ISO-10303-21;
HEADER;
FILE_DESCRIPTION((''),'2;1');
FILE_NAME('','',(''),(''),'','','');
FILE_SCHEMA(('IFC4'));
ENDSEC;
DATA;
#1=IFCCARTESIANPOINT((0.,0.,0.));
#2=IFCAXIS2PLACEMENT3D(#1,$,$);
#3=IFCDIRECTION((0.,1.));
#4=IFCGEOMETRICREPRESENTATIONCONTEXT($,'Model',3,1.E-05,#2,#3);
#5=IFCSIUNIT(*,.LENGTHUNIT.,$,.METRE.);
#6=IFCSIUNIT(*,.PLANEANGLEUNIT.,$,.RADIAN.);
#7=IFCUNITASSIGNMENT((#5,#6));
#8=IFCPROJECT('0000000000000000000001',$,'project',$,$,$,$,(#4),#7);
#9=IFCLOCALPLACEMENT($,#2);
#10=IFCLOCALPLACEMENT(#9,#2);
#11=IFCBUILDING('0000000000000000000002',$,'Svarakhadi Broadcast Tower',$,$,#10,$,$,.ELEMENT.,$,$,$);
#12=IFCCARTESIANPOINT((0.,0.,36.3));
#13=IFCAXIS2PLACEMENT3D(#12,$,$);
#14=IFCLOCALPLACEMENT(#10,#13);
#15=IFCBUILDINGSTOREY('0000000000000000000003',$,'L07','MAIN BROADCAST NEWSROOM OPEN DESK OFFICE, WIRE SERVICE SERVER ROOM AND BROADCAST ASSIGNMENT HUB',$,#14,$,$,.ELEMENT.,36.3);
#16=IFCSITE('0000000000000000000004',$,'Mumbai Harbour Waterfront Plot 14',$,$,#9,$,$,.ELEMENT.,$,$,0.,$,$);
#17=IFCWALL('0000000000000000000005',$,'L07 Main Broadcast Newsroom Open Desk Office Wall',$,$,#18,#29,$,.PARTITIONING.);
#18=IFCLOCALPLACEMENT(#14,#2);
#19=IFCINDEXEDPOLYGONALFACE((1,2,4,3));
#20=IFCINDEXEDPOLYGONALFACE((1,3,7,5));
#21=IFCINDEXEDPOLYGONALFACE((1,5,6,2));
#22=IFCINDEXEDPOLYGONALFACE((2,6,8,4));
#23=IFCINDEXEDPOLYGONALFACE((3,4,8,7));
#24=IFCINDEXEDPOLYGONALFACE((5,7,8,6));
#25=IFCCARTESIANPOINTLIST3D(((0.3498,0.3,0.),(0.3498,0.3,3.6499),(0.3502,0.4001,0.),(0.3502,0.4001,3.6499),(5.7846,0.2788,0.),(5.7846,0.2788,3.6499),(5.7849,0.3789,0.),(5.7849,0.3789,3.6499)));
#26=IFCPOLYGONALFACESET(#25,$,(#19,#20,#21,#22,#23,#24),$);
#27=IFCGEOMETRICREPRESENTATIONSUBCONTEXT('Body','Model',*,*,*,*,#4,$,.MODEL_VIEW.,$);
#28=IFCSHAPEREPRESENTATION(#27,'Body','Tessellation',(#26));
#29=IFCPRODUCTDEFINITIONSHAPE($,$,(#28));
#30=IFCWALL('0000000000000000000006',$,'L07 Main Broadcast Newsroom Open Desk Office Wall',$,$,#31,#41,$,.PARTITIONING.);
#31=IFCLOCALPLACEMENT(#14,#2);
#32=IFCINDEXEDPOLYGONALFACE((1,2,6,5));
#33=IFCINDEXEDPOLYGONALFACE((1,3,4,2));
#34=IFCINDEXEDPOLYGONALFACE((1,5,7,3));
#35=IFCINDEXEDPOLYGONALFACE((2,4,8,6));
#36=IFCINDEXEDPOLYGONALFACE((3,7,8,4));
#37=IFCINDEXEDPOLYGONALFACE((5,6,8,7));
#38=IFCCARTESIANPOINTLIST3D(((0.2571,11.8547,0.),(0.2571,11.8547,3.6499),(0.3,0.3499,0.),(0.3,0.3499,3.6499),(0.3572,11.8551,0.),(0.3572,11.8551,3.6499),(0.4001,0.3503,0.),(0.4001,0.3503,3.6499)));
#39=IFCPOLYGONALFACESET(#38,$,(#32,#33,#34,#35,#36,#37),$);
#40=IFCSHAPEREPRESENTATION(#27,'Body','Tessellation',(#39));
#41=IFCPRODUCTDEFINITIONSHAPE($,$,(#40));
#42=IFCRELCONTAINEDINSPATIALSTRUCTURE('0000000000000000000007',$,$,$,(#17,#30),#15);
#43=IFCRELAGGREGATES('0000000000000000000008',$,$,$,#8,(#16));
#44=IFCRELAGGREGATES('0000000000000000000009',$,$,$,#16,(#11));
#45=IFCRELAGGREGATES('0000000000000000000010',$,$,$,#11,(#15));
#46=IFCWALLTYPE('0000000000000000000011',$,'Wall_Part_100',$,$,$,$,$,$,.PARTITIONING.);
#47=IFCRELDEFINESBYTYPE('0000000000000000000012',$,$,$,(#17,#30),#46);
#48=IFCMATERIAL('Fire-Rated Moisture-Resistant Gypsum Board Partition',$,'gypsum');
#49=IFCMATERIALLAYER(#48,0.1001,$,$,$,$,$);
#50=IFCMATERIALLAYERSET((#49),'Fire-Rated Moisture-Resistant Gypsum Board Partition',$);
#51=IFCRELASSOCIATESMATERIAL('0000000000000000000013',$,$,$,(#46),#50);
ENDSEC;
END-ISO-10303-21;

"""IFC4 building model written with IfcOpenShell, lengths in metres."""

from ifc_helpers import new_model, si_unit, direction, frame, frame_2d, origin, place, context, subcontext, project, spatial, rectangle, extrude, material, layer, layer_set, type_object, element, save


model = new_model("IFC4")

# Units and contexts
model_context = context("Model", 3, precision=1e-05, world=origin(), true_north=direction((0.0, 1.0)))
body_context = subcontext(model_context, "Body", "Model", "MODEL_VIEW")
ifc_project = project(units=[si_unit("LENGTHUNIT", "METRE"), si_unit("PLANEANGLEUNIT", "RADIAN")], contexts=[model_context])

# Site, building, storey
site_placement = place(None, origin())
site = spatial("IfcSite", under=ifc_project, at=site_placement, Name="Mumbai Harbour Waterfront Plot 14", CompositionType="ELEMENT", RefElevation=0.0)
building_placement = place(site_placement, origin())
building = spatial("IfcBuilding", under=site, at=building_placement, Name="Svarakhadi Broadcast Tower", CompositionType="ELEMENT")
storey_placement = place(building_placement, frame((0.0, 0.0, 36.3)))
storey = spatial("IfcBuildingStorey", under=building, at=storey_placement, Name="L07", Description="MAIN BROADCAST NEWSROOM OPEN DESK OFFICE, WIRE SERVICE SERVER ROOM AND BROADCAST ASSIGNMENT HUB", CompositionType="ELEMENT", Elevation=36.3)

# Walls
ifc_material_1 = material(Name="Fire-Rated Moisture-Resistant Gypsum Board Partition", Category="gypsum")
ifc_layer_1 = layer(ifc_material_1, 0.1001)
ifc_layer_set_1 = layer_set([ifc_layer_1], Name="Fire-Rated Moisture-Resistant Gypsum Board Partition")
wall_type = type_object("IfcWallType", Name="Wall_Part_100", PredefinedType="PARTITIONING", material=ifc_layer_set_1)
wall_1_placement = place(storey_placement, frame((0.3501, 0.3501, 0.0), z_axis=(0.0, 0.0, 1.0), x_axis=(0.999992, -0.003908, 0.0)))
element("IfcWall", 1, at=wall_1_placement, inside=storey, type_object=wall_type, Name="L07 Main Broadcast Newsroom Open Desk Office Wall", PredefinedType="PARTITIONING", context=body_context, shape_type="SweptSolid", body=[
    extrude(rectangle(XDim=5.4348, YDim=0.1001, at=frame_2d((2.7173, 0.0))), origin(), (0.0, 0.0, 1.0), 3.6499),
])
wall_2_placement = place(storey_placement, frame((0.3501, 0.3501, 0.0), z_axis=(0.0, 0.0, 1.0), x_axis=(-0.003735, 0.999993, 0.0)))
element("IfcWall", 2, at=wall_2_placement, inside=storey, type_object=wall_type, Name="L07 Main Broadcast Newsroom Open Desk Office Wall", PredefinedType="PARTITIONING", context=body_context, shape_type="SweptSolid", body=[
    extrude(rectangle(XDim=11.5049, YDim=0.1001, at=frame_2d((5.7524, 0.0))), origin(), (0.0, 0.0, 1.0), 3.6499),
])

save(model, "model.ifc")
